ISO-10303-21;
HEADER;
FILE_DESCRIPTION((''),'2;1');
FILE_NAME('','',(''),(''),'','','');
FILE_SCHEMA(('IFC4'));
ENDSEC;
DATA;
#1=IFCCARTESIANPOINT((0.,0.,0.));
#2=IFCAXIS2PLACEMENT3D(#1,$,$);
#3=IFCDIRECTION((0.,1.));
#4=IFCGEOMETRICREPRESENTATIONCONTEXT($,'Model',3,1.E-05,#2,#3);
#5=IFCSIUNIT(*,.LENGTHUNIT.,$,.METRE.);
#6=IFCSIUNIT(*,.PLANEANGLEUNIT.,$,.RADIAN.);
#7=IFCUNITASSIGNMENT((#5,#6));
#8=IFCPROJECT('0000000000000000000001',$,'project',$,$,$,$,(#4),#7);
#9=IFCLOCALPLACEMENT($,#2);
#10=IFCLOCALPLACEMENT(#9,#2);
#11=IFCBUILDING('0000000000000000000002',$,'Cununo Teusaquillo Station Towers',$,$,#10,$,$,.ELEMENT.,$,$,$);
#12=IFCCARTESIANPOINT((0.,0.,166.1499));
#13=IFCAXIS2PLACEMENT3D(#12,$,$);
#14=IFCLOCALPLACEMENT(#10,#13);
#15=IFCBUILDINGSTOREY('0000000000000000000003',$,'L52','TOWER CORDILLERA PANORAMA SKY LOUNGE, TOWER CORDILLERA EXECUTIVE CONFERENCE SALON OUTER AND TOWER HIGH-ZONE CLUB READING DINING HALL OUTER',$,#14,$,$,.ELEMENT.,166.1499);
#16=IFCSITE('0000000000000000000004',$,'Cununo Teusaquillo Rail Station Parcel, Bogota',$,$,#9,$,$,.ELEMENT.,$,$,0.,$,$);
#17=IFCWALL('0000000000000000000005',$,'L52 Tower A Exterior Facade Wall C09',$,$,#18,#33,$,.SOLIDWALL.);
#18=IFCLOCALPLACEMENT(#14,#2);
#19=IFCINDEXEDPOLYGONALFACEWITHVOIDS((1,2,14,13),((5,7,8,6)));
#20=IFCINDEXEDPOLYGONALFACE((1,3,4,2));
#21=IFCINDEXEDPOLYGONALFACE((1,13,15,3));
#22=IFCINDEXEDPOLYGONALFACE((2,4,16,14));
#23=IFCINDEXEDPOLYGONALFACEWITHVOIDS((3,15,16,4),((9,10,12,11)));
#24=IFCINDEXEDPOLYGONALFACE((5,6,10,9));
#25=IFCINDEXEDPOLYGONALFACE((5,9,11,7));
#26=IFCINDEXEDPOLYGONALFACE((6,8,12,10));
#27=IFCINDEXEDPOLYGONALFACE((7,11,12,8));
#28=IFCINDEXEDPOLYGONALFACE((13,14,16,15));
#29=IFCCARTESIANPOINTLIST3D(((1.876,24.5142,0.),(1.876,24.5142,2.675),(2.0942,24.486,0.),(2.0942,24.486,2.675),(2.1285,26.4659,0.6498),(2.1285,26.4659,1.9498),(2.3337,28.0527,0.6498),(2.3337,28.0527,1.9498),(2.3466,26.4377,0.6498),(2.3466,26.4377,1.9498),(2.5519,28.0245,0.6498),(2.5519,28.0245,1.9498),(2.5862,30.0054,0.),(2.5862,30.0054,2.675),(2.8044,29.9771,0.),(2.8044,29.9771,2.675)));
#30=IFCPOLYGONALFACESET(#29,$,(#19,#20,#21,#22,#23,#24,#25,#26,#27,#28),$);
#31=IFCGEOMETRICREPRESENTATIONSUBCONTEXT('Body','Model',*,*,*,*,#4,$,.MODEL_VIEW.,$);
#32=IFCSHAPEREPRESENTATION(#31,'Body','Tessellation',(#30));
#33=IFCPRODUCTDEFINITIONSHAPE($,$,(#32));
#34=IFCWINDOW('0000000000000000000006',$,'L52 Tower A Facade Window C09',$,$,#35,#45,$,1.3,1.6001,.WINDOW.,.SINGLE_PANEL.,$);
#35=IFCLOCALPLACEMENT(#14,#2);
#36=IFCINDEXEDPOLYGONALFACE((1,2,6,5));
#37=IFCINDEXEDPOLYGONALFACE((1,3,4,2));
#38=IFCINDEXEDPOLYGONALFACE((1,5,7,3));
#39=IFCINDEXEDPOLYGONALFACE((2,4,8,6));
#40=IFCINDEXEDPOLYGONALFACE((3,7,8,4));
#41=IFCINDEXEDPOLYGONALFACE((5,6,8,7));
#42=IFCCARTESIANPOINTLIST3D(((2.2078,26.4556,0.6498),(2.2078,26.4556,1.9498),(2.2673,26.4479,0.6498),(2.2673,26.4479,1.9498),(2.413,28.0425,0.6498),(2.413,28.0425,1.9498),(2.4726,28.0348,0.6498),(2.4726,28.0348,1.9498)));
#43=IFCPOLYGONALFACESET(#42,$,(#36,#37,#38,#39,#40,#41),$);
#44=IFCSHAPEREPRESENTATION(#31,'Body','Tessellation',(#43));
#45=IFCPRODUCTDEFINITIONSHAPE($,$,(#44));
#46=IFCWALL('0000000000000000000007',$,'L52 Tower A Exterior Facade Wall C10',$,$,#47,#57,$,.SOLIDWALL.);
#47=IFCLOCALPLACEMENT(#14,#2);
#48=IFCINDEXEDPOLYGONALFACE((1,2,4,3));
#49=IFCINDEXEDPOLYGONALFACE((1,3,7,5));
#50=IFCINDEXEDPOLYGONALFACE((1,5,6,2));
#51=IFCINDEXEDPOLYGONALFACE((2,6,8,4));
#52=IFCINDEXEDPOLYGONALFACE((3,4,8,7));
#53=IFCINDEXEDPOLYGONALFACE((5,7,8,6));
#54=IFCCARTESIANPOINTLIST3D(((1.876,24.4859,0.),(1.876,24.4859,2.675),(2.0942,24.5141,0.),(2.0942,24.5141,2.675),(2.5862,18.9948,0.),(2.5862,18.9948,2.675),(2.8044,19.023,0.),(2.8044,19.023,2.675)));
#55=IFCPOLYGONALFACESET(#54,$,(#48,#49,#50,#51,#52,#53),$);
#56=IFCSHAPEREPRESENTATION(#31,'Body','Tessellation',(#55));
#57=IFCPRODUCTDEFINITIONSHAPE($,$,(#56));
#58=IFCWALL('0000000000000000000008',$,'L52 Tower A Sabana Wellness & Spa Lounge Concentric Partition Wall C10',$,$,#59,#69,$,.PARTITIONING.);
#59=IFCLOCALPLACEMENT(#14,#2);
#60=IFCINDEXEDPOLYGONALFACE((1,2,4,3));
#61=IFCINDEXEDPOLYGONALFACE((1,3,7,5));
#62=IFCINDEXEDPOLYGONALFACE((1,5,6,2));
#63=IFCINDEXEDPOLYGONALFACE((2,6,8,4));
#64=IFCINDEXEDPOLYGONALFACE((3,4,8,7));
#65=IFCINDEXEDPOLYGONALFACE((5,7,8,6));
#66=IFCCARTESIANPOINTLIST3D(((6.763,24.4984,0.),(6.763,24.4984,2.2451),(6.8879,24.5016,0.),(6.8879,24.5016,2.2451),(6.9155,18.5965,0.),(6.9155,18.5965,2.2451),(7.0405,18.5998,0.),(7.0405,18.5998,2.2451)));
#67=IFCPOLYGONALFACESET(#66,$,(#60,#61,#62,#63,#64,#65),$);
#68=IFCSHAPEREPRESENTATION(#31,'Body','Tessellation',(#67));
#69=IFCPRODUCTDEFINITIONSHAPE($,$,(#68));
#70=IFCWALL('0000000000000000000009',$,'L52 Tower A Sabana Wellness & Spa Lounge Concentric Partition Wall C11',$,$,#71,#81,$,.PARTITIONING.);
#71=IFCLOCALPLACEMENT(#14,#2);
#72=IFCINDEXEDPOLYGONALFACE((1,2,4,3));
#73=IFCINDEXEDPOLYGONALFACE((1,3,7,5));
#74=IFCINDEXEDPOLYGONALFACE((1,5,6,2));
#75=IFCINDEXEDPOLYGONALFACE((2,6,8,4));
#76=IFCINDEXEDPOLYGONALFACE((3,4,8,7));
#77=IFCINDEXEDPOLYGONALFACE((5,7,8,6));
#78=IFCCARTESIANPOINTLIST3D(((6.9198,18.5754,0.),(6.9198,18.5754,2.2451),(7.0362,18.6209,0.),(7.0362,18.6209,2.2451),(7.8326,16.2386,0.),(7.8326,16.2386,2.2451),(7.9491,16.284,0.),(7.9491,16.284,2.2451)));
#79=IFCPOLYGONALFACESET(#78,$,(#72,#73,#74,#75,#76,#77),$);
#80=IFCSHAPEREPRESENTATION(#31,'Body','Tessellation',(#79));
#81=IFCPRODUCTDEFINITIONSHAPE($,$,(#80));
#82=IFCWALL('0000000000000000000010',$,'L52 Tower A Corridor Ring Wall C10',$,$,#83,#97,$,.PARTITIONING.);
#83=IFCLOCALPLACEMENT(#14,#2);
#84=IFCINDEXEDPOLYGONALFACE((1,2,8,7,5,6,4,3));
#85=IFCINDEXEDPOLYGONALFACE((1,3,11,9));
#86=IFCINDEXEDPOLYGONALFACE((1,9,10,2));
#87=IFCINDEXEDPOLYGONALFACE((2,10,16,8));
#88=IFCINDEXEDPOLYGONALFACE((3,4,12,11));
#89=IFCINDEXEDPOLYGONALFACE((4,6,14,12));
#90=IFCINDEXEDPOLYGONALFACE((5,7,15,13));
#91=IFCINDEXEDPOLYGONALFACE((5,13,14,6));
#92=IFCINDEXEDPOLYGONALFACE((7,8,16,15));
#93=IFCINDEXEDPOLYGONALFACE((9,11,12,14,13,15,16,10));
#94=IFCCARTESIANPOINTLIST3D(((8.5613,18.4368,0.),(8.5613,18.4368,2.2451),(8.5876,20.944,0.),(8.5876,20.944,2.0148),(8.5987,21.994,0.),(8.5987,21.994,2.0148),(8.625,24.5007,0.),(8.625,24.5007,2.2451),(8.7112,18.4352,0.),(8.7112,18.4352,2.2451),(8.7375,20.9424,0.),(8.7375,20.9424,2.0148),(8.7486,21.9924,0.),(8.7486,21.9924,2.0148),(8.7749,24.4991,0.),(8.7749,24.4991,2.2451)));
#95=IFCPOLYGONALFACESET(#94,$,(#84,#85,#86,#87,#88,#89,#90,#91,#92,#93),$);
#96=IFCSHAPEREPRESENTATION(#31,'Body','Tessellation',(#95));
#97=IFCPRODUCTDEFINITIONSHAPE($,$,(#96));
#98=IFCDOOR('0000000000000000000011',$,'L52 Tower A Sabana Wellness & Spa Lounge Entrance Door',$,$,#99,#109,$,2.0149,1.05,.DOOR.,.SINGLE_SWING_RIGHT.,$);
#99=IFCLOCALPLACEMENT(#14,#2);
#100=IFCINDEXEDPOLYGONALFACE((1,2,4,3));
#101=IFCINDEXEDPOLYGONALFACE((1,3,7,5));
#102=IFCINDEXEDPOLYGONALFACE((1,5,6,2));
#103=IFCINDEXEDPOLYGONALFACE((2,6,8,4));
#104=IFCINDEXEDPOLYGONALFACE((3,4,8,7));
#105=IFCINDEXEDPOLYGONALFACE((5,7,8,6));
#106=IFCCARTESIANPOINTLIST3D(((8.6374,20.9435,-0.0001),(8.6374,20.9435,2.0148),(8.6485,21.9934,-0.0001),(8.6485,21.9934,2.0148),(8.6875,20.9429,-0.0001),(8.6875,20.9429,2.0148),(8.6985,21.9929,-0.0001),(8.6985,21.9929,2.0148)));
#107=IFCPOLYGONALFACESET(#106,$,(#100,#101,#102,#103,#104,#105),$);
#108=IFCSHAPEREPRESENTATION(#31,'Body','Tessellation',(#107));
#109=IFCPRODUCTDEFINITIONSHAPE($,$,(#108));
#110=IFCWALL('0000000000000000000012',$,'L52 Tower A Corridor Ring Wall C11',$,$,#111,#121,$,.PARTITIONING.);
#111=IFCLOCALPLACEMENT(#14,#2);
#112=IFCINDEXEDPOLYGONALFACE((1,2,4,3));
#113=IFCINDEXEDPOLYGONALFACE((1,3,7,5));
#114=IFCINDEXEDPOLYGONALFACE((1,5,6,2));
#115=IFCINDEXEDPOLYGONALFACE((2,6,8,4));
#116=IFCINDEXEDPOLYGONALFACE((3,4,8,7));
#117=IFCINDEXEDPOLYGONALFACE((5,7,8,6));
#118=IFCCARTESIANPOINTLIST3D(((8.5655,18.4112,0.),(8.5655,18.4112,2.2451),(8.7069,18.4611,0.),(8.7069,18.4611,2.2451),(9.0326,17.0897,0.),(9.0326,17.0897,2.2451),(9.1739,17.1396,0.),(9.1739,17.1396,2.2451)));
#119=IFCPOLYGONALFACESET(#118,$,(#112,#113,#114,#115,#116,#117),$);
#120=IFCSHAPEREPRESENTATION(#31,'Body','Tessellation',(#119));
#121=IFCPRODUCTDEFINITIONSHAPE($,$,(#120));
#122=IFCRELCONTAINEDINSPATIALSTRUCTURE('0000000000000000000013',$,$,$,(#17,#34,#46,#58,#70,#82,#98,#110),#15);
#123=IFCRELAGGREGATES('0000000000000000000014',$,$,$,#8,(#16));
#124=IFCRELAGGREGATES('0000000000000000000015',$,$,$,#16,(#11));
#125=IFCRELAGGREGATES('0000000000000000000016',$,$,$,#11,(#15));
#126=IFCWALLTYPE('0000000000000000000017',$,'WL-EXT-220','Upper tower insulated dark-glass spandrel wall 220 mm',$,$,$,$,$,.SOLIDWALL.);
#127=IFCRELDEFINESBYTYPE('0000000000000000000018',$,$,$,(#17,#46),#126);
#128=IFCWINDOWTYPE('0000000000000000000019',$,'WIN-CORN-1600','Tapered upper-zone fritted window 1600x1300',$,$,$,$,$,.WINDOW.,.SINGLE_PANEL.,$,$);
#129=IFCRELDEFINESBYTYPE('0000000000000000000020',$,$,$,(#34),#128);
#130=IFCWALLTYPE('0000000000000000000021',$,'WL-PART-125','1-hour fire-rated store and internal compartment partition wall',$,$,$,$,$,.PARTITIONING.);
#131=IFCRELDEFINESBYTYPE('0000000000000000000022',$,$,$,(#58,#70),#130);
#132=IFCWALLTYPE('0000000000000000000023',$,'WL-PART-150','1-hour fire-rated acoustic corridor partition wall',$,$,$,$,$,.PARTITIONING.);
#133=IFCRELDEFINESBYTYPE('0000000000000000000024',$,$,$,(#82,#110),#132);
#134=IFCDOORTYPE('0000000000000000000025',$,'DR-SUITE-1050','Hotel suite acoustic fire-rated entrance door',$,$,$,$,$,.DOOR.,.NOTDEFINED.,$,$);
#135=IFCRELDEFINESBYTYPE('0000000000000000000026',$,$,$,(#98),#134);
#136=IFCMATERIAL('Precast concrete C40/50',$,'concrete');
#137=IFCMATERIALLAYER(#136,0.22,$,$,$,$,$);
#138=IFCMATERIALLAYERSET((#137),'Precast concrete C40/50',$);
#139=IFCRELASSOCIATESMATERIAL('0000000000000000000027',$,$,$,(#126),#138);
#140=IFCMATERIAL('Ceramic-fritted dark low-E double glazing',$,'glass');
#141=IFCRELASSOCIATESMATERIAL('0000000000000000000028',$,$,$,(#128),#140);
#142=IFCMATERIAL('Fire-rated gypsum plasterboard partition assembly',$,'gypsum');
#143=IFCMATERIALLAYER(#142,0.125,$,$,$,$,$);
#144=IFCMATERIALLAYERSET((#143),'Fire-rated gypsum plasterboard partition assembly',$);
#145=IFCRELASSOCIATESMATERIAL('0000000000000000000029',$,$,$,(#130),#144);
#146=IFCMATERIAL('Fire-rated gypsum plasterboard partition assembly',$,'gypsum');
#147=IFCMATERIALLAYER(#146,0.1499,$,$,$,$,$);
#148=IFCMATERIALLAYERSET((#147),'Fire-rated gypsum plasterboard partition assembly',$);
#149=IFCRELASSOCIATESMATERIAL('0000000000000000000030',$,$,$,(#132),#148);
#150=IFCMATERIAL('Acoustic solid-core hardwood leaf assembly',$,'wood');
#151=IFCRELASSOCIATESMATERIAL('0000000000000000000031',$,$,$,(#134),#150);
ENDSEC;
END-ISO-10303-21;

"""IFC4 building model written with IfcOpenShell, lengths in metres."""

from ifc_helpers import new_model, si_unit, direction, frame, frame_2d, origin, place, context, subcontext, project, spatial, rectangle, extrude, source, transform, mapped, material, layer, layer_set, type_object, element, fill, save


model = new_model("IFC4")

# Units and contexts
model_context = context("Model", 3, precision=1e-05, world=origin(), true_north=direction((0.0, 1.0)))
body_context = subcontext(model_context, "Body", "Model", "MODEL_VIEW")
ifc_project = project(units=[si_unit("LENGTHUNIT", "METRE"), si_unit("PLANEANGLEUNIT", "RADIAN")], contexts=[model_context])

# Site, building, storey
site_placement = place(None, origin())
site = spatial("IfcSite", under=ifc_project, at=site_placement, Name="Cununo Teusaquillo Rail Station Parcel, Bogota", CompositionType="ELEMENT", RefElevation=0.0)
building_placement = place(site_placement, origin())
building = spatial("IfcBuilding", under=site, at=building_placement, Name="Cununo Teusaquillo Station Towers", CompositionType="ELEMENT")
storey_placement = place(building_placement, frame((0.0, 0.0, 166.1499)))
storey = spatial("IfcBuildingStorey", under=building, at=storey_placement, Name="L52", Description="TOWER CORDILLERA PANORAMA SKY LOUNGE, TOWER CORDILLERA EXECUTIVE CONFERENCE SALON OUTER AND TOWER HIGH-ZONE CLUB READING DINING HALL OUTER", CompositionType="ELEMENT", Elevation=166.1499)

# Wall, opening, window
ifc_material_1 = material(Name="Precast concrete C40/50", Category="concrete")
ifc_layer_1 = layer(ifc_material_1, 0.22)
ifc_layer_set_1 = layer_set([ifc_layer_1], Name="Precast concrete C40/50")
wall_type_1 = type_object("IfcWallType", Name="WL-EXT-220", Description="Upper tower insulated dark-glass spandrel wall 220 mm", PredefinedType="SOLIDWALL", material=ifc_layer_set_1)
wall_1_placement = place(storey_placement, frame((1.9851, 24.5, 0.0), z_axis=(0.0, 0.0, 1.0), x_axis=(0.128267, 0.99174, 0.0)))
wall_1 = element("IfcWall", 1, at=wall_1_placement, inside=storey, type_object=wall_type_1, Name="L52 Tower A Exterior Facade Wall C09", PredefinedType="SOLIDWALL", context=body_context, shape_type="SweptSolid", body=[
    extrude(rectangle(XDim=5.5369, YDim=0.22, at=frame_2d((2.7686, 0.0))), origin(), (0.0, 0.0, 1.0), 2.675),
])
shared_shape_1 = source(origin(), body_context, "Body", "SweptSolid", [
    extrude(rectangle(XDim=1.6001, YDim=1.3, at=frame_2d((0.8, 0.6499))), frame((0.0, 0.1199, 0.0), z_axis=(0.0, -1.0, 0.0), x_axis=(1.0, 0.0, 0.0)), (0.0, 0.0, 1.0), 0.24),
])
opening_1_placement = place(wall_1_placement, frame((1.968, 0.0, 0.6499)))
opening_1 = element("IfcOpeningElement", 2, at=opening_1_placement, cuts=wall_1, PredefinedType="OPENING", context=body_context, shape_type="MappedRepresentation", body=[
    mapped(shared_shape_1, transform((0.0, 0.0, 0.0), x_axis=(1.0, 0.0, 0.0), y_axis=(0.0, 1.0, 0.0), z_axis=(0.0, 0.0, 1.0), scale=1.0)),
])
ifc_material_2 = material(Name="Ceramic-fritted dark low-E double glazing", Category="glass")
window_type = type_object("IfcWindowType", Name="WIN-CORN-1600", Description="Tapered upper-zone fritted window 1600x1300", PartitioningType="SINGLE_PANEL", PredefinedType="WINDOW", material=ifc_material_2)
shared_shape_2 = source(origin(), body_context, "Body", "SweptSolid", [
    extrude(rectangle(XDim=1.6001, YDim=1.3, at=frame_2d((0.8, 0.6499))), frame((0.0, 0.03, 0.0), z_axis=(0.0, -1.0, 0.0), x_axis=(1.0, 0.0, 0.0)), (0.0, 0.0, 1.0), 0.0601),
])
window_placement = place(opening_1_placement, origin())
window = element("IfcWindow", 3, at=window_placement, inside=storey, type_object=window_type, Name="L52 Tower A Facade Window C09", OverallHeight=1.3, OverallWidth=1.6001, PartitioningType="SINGLE_PANEL", PredefinedType="WINDOW", context=body_context, shape_type="MappedRepresentation", body=[
    mapped(shared_shape_2, transform((0.0, 0.0, 0.0), x_axis=(1.0, 0.0, 0.0), y_axis=(0.0, 1.0, 0.0), z_axis=(0.0, 0.0, 1.0), scale=1.0)),
])
fill(opening_1, window)

# Walls
wall_2_placement = place(storey_placement, frame((2.6953, 19.0088, 0.0), z_axis=(0.0, 0.0, 1.0), x_axis=(-0.128267, 0.99174, 0.0)))
element("IfcWall", 4, at=wall_2_placement, inside=storey, type_object=wall_type_1, Name="L52 Tower A Exterior Facade Wall C10", PredefinedType="SOLIDWALL", context=body_context, shape_type="SweptSolid", body=[
    extrude(rectangle(XDim=5.5369, YDim=0.22, at=frame_2d((2.7686, 0.0))), origin(), (0.0, 0.0, 1.0), 2.675),
])
ifc_material_3 = material(Name="Fire-rated gypsum plasterboard partition assembly", Category="gypsum")
ifc_layer_2 = layer(ifc_material_3, 0.125)
ifc_layer_set_2 = layer_set([ifc_layer_2], Name="Fire-rated gypsum plasterboard partition assembly")
wall_type_2 = type_object("IfcWallType", Name="WL-PART-125", Description="1-hour fire-rated store and internal compartment partition wall", PredefinedType="PARTITIONING", material=ifc_layer_set_2)
wall_3_placement = place(storey_placement, frame((6.8254, 24.5, 0.0), z_axis=(0.0, 0.0, 1.0), x_axis=(0.025846, -0.999666, 0.0)))
element("IfcWall", 5, at=wall_3_placement, inside=storey, type_object=wall_type_2, Name="L52 Tower A Sabana Wellness & Spa Lounge Concentric Partition Wall C10", PredefinedType="PARTITIONING", context=body_context, shape_type="SweptSolid", body=[
    extrude(rectangle(XDim=5.9038, YDim=0.125, at=frame_2d((2.9519, 0.0))), origin(), (0.0, 0.0, 1.0), 2.2451),
])
wall_4_placement = place(storey_placement, frame((6.978, 18.5981, 0.0), z_axis=(0.0, 0.0, 1.0), x_axis=(0.363845, -0.931459, 0.0)))
element("IfcWall", 6, at=wall_4_placement, inside=storey, type_object=wall_type_2, Name="L52 Tower A Sabana Wellness & Spa Lounge Concentric Partition Wall C11", PredefinedType="PARTITIONING", context=body_context, shape_type="SweptSolid", body=[
    extrude(rectangle(XDim=2.5088, YDim=0.125, at=frame_2d((1.2544, 0.0))), origin(), (0.0, 0.0, 1.0), 2.2451),
])

# Wall, opening, door
ifc_material_4 = material(Name="Fire-rated gypsum plasterboard partition assembly", Category="gypsum")
ifc_layer_3 = layer(ifc_material_4, 0.1499)
ifc_layer_set_3 = layer_set([ifc_layer_3], Name="Fire-rated gypsum plasterboard partition assembly")
wall_type_3 = type_object("IfcWallType", Name="WL-PART-150", Description="1-hour fire-rated acoustic corridor partition wall", PredefinedType="PARTITIONING", material=ifc_layer_set_3)
wall_5_placement = place(storey_placement, frame((8.7, 24.5, 0.0), z_axis=(0.0, 0.0, 1.0), x_axis=(-0.010508, -0.999945, 0.0)))
wall_5 = element("IfcWall", 7, at=wall_5_placement, inside=storey, type_object=wall_type_3, Name="L52 Tower A Corridor Ring Wall C10", PredefinedType="PARTITIONING", context=body_context, shape_type="SweptSolid", body=[
    extrude(rectangle(XDim=6.0642, YDim=0.1499, at=frame_2d((3.0322, 0.0))), origin(), (0.0, 0.0, 1.0), 2.2451),
])
shared_shape_3 = source(origin(), body_context, "Body", "SweptSolid", [
    extrude(rectangle(XDim=1.05, YDim=2.0149, at=frame_2d((0.5249, 1.0073))), frame((0.0, 0.085, 0.0), z_axis=(0.0, -1.0, 0.0), x_axis=(1.0, 0.0, 0.0)), (0.0, 0.0, 1.0), 0.1699),
])
opening_2_placement = place(wall_5_placement, frame((2.5071, 0.0, 0.0)))
opening_2 = element("IfcOpeningElement", 8, at=opening_2_placement, cuts=wall_5, PredefinedType="OPENING", context=body_context, shape_type="MappedRepresentation", body=[
    mapped(shared_shape_3, transform((0.0, 0.0, 0.0), x_axis=(1.0, 0.0, 0.0), y_axis=(0.0, 1.0, 0.0), z_axis=(0.0, 0.0, 1.0), scale=1.0)),
])
ifc_material_5 = material(Name="Acoustic solid-core hardwood leaf assembly", Category="wood")
door_type_1 = type_object("IfcDoorType", Name="DR-SUITE-1050", Description="Hotel suite acoustic fire-rated entrance door", OperationType="NOTDEFINED", PredefinedType="DOOR", material=ifc_material_5)
shared_shape_4 = source(origin(), body_context, "Body", "SweptSolid", [
    extrude(rectangle(XDim=1.05, YDim=2.0149, at=frame_2d((0.5249, 1.0073))), frame((0.0, 0.0249, 0.0), z_axis=(0.0, -1.0, 0.0), x_axis=(1.0, 0.0, 0.0)), (0.0, 0.0, 1.0), 0.05),
])
door_1_placement = place(opening_2_placement, origin())
door_1 = element("IfcDoor", 9, at=door_1_placement, inside=storey, type_object=door_type_1, Name="L52 Tower A Sabana Wellness & Spa Lounge Entrance Door", OperationType="SINGLE_SWING_RIGHT", OverallHeight=2.0149, OverallWidth=1.05, PredefinedType="DOOR", context=body_context, shape_type="MappedRepresentation", body=[
    mapped(shared_shape_4, transform((0.0, 0.0, 0.0), x_axis=(1.0, 0.0, 0.0), y_axis=(0.0, 1.0, 0.0), z_axis=(0.0, 0.0, 1.0), scale=1.0)),
])
fill(opening_2, door_1)

# Wall
wall_6_placement = place(storey_placement, frame((8.6362, 18.436, 0.0), z_axis=(0.0, 0.0, 1.0), x_axis=(0.333212, -0.942852, 0.0)))
element("IfcWall", 10, at=wall_6_placement, inside=storey, type_object=wall_type_3, Name="L52 Tower A Corridor Ring Wall C11", PredefinedType="PARTITIONING", context=body_context, shape_type="SweptSolid", body=[
    extrude(rectangle(XDim=1.4016, YDim=0.1499, at=frame_2d((0.7007, 0.0))), origin(), (0.0, 0.0, 1.0), 2.2451),
])

save(model, "model.ifc")
